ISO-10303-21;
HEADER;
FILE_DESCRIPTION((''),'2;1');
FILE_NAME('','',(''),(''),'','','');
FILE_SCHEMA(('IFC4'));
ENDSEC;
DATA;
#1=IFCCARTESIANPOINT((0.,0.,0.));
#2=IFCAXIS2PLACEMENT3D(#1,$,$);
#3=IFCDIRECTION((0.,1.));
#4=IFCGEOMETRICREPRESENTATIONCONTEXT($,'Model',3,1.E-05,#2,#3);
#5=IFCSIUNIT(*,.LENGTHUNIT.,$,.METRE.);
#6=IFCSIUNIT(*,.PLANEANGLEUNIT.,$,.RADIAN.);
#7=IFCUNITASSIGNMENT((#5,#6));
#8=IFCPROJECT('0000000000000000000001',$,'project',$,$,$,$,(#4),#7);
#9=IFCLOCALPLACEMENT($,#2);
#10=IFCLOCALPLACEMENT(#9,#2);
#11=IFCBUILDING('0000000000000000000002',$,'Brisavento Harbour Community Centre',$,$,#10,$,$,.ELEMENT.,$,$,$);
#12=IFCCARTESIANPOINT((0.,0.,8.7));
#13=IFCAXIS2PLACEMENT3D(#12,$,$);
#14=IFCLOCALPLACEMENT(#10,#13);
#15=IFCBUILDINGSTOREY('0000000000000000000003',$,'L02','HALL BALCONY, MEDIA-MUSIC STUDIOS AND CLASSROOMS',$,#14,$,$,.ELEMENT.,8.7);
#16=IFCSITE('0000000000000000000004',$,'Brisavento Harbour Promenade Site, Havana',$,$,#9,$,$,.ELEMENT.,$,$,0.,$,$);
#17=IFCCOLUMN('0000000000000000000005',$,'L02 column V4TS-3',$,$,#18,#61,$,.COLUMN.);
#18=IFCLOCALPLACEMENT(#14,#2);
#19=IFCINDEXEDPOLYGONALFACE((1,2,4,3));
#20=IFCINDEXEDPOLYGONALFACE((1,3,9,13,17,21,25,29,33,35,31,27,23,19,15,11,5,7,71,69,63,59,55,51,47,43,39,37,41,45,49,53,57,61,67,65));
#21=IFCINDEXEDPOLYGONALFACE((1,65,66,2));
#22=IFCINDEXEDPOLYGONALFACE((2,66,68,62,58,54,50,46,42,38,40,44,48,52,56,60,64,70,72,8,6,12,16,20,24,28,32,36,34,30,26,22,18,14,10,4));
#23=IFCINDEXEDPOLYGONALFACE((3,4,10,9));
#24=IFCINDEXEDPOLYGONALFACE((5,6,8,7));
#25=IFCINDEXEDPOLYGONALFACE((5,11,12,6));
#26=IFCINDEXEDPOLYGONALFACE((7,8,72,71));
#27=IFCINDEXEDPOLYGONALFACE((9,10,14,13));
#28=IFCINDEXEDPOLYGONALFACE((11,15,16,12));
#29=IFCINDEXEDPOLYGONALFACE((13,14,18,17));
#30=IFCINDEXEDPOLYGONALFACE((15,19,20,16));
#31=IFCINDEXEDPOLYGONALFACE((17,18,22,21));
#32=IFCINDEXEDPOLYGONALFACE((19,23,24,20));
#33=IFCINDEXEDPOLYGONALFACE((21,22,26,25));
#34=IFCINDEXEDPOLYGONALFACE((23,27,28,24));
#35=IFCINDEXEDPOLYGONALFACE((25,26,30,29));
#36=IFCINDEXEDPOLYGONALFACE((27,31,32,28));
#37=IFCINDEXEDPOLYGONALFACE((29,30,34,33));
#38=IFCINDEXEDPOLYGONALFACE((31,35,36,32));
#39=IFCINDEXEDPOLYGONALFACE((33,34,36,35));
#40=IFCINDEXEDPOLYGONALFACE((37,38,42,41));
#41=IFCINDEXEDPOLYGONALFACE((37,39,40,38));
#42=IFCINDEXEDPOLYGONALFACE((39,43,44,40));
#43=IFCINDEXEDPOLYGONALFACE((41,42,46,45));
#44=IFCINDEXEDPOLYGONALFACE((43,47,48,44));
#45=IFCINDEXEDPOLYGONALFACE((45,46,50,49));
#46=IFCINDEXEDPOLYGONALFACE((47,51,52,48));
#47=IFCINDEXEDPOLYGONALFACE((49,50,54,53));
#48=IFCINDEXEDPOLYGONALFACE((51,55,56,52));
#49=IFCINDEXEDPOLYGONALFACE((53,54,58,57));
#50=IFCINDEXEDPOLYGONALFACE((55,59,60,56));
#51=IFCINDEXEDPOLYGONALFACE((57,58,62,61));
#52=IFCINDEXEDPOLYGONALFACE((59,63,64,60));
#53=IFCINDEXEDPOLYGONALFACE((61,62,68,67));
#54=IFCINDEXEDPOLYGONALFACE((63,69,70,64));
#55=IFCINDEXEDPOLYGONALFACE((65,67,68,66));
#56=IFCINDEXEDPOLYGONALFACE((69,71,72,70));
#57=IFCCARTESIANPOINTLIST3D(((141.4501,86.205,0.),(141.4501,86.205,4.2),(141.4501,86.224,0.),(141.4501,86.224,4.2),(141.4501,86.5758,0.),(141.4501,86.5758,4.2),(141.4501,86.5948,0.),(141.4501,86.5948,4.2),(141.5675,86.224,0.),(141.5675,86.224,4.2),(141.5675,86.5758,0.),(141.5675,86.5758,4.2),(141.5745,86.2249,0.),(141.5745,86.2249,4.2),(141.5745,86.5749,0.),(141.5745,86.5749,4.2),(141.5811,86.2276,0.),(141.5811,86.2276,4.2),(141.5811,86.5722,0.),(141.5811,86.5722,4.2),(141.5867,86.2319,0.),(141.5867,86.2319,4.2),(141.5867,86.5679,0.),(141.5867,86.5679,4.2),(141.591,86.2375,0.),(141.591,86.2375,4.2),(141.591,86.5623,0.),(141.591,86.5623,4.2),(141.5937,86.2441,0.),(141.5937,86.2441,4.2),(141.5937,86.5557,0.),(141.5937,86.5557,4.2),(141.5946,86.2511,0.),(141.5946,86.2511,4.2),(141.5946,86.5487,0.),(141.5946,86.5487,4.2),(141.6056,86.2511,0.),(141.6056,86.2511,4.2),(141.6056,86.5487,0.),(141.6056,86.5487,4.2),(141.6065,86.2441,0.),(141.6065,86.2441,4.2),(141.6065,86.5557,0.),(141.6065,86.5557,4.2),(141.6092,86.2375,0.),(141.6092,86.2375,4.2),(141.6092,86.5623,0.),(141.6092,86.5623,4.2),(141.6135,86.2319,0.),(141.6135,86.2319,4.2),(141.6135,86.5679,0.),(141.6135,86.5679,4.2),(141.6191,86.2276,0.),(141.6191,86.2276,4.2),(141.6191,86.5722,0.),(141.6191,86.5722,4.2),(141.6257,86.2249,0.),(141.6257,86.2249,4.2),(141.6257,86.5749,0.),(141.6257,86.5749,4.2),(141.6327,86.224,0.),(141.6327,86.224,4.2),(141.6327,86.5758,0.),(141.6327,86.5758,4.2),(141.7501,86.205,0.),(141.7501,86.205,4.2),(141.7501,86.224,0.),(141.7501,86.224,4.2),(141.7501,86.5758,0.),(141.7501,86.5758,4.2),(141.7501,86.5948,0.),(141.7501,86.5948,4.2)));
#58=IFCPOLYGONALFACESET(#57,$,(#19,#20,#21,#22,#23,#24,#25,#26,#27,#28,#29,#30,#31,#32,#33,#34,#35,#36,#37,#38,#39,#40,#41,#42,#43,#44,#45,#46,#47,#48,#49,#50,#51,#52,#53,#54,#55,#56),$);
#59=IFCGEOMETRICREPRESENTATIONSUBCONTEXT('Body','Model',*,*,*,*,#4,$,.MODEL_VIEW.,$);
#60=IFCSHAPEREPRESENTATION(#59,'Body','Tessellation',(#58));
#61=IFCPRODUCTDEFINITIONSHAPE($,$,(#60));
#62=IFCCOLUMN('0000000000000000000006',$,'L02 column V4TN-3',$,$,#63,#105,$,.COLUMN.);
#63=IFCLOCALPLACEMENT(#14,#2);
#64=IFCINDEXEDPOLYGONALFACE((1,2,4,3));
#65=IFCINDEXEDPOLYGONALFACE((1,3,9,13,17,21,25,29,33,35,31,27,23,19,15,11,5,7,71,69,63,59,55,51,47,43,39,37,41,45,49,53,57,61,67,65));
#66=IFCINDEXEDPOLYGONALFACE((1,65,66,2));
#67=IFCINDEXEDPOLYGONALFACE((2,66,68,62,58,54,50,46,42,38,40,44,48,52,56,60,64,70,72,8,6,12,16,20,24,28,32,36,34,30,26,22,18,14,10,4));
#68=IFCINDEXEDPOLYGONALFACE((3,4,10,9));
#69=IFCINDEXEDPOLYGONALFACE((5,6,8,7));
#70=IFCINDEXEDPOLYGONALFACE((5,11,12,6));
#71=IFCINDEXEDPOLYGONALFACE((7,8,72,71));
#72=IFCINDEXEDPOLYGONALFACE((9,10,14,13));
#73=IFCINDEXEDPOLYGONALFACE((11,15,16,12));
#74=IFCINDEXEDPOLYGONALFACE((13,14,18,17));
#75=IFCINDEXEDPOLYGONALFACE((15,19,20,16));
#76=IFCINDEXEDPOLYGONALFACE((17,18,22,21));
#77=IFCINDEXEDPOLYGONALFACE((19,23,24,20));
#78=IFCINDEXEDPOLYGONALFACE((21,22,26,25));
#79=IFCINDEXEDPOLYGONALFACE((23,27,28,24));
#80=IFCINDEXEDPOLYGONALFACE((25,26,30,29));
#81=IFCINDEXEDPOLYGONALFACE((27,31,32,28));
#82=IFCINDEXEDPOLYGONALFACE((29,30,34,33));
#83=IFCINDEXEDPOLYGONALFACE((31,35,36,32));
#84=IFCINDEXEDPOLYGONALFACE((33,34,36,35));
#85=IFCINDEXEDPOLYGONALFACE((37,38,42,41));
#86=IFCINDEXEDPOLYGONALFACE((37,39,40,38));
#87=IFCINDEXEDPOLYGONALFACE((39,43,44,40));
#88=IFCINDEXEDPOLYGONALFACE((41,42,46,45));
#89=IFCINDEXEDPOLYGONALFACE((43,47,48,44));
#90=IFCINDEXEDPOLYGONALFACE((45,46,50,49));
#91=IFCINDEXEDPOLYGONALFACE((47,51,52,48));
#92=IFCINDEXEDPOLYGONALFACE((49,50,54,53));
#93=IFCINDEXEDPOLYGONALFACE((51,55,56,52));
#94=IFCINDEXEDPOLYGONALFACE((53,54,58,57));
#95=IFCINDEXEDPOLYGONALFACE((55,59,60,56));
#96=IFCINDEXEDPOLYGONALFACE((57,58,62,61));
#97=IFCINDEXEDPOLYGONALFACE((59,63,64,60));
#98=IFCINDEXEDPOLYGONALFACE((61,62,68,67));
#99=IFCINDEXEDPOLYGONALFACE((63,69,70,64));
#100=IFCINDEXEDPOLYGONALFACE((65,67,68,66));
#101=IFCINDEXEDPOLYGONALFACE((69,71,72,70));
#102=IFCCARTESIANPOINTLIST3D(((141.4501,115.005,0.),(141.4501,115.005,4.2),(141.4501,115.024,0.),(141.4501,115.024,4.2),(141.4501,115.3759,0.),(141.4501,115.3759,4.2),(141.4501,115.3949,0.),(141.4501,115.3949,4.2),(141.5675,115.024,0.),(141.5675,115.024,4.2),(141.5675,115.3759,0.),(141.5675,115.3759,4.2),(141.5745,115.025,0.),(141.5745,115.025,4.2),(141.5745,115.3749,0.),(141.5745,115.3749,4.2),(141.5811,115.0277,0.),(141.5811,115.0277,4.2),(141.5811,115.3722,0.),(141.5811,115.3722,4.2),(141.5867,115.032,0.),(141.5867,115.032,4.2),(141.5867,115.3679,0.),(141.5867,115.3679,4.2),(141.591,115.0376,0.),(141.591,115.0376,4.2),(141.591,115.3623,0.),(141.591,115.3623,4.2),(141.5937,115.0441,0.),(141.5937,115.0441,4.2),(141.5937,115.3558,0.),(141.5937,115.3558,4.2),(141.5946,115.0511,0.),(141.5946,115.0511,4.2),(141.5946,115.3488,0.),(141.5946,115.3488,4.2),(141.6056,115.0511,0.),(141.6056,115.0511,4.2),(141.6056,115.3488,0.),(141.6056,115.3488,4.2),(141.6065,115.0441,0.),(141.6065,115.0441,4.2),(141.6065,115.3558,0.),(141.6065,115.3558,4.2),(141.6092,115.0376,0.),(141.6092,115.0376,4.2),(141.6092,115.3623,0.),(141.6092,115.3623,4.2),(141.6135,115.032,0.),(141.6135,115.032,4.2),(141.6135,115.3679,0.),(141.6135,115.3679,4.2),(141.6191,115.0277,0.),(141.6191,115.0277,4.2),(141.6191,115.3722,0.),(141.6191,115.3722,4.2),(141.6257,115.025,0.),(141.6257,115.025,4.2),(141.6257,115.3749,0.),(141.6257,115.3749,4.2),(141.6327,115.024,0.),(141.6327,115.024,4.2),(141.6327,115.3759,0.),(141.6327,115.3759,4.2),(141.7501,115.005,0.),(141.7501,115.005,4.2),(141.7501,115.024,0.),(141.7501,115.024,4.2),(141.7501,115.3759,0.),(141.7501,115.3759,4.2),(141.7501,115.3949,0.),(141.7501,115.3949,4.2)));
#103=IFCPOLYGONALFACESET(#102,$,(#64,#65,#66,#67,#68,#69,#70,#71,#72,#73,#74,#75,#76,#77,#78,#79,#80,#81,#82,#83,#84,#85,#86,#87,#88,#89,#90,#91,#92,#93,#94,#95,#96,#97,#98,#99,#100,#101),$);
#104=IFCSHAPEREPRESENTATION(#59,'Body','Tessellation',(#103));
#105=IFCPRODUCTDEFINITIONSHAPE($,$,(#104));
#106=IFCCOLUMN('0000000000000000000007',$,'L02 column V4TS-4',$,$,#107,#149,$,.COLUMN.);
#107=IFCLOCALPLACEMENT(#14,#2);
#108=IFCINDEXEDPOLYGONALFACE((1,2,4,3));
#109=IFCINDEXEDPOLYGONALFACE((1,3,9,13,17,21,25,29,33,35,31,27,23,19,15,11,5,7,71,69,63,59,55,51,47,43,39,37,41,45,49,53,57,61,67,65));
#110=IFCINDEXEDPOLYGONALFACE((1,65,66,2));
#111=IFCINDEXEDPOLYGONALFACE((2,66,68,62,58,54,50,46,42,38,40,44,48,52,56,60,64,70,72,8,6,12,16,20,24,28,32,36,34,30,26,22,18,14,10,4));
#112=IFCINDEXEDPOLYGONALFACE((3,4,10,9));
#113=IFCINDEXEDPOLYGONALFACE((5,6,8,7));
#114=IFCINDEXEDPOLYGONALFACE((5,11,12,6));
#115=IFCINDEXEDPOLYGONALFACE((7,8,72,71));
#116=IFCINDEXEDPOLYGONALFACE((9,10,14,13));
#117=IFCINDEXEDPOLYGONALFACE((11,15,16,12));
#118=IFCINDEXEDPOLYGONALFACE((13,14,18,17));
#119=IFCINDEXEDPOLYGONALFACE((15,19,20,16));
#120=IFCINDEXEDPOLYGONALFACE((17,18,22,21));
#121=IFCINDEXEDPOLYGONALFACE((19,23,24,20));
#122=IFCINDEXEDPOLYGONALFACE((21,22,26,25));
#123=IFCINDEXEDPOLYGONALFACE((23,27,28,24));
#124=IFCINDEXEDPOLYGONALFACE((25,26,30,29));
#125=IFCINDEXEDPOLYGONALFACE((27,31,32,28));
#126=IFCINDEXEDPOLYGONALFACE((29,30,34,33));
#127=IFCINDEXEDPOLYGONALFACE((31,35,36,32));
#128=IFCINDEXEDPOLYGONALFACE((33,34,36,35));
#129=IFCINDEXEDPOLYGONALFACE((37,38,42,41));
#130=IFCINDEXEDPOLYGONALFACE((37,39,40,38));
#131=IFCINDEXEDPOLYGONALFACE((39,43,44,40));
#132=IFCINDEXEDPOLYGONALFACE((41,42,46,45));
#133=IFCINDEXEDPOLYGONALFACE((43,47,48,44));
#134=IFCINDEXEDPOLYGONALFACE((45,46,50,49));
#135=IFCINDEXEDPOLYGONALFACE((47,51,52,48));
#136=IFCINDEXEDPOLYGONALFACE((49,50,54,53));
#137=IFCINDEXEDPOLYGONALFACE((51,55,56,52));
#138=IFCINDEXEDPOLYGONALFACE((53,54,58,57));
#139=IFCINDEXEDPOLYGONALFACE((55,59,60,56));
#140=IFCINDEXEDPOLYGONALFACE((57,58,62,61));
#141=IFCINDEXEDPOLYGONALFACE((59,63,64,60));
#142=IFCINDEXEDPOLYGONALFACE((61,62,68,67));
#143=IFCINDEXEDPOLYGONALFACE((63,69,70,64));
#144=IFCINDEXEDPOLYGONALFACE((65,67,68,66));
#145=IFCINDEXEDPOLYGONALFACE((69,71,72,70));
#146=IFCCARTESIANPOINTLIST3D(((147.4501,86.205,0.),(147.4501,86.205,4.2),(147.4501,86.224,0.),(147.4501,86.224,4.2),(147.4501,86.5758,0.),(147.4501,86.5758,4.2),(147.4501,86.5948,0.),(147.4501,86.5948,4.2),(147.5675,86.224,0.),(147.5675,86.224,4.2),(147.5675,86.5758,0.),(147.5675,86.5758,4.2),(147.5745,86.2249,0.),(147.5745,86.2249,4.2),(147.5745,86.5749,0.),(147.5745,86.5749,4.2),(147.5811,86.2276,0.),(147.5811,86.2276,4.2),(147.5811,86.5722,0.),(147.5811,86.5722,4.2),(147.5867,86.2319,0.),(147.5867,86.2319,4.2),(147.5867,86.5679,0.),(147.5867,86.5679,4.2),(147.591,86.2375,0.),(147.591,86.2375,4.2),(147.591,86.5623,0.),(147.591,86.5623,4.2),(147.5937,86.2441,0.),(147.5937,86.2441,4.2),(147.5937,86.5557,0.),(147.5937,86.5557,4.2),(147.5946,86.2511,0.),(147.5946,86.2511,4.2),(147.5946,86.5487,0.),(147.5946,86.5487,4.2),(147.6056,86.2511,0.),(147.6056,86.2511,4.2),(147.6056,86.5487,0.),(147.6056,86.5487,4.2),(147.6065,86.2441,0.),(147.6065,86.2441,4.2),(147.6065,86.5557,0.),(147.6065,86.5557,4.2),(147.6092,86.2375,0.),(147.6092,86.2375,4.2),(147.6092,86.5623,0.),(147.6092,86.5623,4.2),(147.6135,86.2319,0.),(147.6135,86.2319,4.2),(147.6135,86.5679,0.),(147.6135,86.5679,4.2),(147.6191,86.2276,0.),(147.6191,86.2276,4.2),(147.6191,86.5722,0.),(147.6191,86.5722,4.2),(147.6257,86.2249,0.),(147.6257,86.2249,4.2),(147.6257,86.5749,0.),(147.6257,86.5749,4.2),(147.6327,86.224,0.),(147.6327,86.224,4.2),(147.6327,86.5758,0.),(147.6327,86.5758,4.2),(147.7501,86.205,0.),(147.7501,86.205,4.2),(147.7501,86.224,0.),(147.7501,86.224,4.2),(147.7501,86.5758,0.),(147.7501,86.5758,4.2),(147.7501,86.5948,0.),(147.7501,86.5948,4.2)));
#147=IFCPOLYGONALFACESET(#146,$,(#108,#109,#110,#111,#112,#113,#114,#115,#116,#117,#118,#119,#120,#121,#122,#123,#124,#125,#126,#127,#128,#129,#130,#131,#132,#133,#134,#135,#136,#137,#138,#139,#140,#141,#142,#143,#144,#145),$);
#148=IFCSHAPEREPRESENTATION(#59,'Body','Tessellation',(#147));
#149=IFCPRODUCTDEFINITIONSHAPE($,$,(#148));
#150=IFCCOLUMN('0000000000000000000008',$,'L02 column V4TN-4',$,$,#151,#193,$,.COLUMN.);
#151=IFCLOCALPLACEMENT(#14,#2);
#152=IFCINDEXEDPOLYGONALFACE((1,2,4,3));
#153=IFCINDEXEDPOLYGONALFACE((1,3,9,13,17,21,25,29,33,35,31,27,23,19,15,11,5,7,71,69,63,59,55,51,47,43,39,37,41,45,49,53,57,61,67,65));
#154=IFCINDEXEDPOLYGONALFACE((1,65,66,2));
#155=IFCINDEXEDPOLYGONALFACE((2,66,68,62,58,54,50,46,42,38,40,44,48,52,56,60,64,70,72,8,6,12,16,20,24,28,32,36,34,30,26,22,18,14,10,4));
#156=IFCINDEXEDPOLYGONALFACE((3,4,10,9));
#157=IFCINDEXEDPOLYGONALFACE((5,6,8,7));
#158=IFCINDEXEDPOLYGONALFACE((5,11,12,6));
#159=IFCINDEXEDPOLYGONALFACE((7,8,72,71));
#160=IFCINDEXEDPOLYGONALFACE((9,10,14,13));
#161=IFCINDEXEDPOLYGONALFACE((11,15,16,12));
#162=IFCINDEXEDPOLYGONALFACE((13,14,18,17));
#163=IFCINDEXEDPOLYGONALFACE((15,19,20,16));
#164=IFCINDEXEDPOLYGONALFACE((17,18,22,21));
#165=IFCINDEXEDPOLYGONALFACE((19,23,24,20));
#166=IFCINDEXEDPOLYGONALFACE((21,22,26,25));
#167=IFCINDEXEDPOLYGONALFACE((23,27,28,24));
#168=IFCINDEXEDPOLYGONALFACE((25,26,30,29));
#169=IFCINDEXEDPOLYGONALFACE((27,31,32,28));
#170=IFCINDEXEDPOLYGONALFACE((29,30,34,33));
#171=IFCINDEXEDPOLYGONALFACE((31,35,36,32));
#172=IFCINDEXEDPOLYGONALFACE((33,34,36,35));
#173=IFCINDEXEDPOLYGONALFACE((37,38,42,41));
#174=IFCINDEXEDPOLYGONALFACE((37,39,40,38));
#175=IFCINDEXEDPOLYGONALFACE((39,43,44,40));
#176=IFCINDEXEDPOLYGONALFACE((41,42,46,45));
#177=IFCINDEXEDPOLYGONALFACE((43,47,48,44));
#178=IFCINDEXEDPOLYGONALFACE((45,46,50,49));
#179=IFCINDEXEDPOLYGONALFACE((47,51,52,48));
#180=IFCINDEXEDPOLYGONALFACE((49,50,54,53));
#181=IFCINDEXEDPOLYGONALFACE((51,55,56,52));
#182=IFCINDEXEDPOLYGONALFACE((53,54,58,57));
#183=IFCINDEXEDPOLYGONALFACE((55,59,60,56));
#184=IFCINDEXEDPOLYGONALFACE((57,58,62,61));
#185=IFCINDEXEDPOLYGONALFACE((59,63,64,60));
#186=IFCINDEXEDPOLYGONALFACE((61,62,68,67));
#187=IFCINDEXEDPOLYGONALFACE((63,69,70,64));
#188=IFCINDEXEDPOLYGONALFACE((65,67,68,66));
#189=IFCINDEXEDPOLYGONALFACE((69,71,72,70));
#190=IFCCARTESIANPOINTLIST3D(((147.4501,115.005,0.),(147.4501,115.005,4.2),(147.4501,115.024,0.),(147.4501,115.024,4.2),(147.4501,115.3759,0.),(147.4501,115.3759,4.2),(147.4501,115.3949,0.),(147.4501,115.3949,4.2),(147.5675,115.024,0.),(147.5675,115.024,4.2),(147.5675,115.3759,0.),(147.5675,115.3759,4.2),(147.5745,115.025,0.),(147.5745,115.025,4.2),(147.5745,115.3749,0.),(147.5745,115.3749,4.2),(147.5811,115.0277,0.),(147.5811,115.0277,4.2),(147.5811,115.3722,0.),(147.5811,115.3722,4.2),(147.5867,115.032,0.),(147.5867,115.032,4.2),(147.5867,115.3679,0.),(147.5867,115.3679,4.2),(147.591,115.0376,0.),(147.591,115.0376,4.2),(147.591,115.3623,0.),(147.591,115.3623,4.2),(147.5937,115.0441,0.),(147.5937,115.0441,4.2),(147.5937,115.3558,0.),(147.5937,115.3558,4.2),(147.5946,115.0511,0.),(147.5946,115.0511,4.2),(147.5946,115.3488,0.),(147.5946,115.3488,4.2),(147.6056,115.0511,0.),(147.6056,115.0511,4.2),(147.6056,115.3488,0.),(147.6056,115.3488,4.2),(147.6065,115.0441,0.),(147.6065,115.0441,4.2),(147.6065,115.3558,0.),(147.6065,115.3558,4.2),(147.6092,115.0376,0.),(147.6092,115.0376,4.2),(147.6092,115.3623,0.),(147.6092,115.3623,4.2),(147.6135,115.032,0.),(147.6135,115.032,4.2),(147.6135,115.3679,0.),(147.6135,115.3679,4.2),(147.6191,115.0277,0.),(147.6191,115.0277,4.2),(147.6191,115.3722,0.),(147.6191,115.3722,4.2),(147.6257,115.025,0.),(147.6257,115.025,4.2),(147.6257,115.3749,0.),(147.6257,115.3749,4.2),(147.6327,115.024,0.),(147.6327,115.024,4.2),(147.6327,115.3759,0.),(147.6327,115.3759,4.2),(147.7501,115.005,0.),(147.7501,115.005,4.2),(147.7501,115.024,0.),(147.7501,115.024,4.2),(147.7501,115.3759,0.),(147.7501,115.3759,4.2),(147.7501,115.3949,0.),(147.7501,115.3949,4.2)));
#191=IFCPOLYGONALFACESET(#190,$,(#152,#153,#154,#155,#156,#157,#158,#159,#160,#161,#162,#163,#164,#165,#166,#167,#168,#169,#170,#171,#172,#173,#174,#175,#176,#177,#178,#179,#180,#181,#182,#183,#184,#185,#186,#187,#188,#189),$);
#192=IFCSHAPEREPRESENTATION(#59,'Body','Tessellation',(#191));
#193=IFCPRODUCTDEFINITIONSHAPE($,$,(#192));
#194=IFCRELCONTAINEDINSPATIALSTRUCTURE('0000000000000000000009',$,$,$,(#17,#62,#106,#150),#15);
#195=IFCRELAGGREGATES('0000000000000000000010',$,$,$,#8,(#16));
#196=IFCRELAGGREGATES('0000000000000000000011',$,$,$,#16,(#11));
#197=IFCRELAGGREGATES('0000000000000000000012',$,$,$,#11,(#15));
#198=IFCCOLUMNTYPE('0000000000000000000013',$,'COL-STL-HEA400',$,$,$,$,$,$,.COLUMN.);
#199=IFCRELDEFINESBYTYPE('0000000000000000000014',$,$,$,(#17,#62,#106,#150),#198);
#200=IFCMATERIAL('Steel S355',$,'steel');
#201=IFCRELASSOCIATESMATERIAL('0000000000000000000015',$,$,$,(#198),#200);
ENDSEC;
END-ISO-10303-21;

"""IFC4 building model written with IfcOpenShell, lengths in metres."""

from ifc_helpers import new_model, si_unit, direction, frame, origin, origin_2d, place, context, subcontext, project, spatial, i_section, extrude, material, material_profile, profile_set, type_object, element, save


model = new_model("IFC4")

# Units and contexts
model_context = context("Model", 3, precision=1e-05, world=origin(), true_north=direction((0.0, 1.0)))
body_context = subcontext(model_context, "Body", "Model", "MODEL_VIEW")
ifc_project = project(units=[si_unit("LENGTHUNIT", "METRE"), si_unit("PLANEANGLEUNIT", "RADIAN")], contexts=[model_context])

# Site, building, storey
site_placement = place(None, origin())
site = spatial("IfcSite", under=ifc_project, at=site_placement, Name="Brisavento Harbour Promenade Site, Havana", CompositionType="ELEMENT", RefElevation=0.0)
building_placement = place(site_placement, origin())
building = spatial("IfcBuilding", under=site, at=building_placement, Name="Brisavento Harbour Community Centre", CompositionType="ELEMENT")
storey_placement = place(building_placement, frame((0.0, 0.0, 8.7)))
storey = spatial("IfcBuildingStorey", under=building, at=storey_placement, Name="L02", Description="HALL BALCONY, MEDIA-MUSIC STUDIOS AND CLASSROOMS", CompositionType="ELEMENT", Elevation=8.7)

# Columns
ifc_material_1 = material(Name="Steel S355", Category="steel")
ifc_material_profile_1 = material_profile(ifc_material_1, i_section(OverallWidth=0.3, OverallDepth=0.3899, WebThickness=0.011, FlangeThickness=0.019, FilletRadius=0.0271, at=origin_2d()), Name="Steel S355")
ifc_profile_set_1 = profile_set([ifc_material_profile_1], Name="Steel S355")
column_type = type_object("IfcColumnType", Name="COL-STL-HEA400", PredefinedType="COLUMN", material=ifc_profile_set_1)
for number, where, z_axis, x_axis, name in (
    (1, (141.6001, 86.3999, 0.0), (0.0, 0.0, 1.0), (1.0, 0.0, 0.0), "L02 column V4TS-3"),
    (2, (141.6001, 115.2, 0.0), (0.0, 0.0, 1.0), (1.0, 0.0, 0.0), "L02 column V4TN-3"),
    (3, (147.6001, 86.3999, 0.0), (0.0, 0.0, 1.0), (1.0, 0.0, 0.0), "L02 column V4TS-4"),
    (4, (147.6001, 115.2, 0.0), (0.0, 0.0, 1.0), (1.0, 0.0, 0.0), "L02 column V4TN-4"),
):
    element("IfcColumn", number, at=place(storey_placement, frame(where, z_axis=z_axis, x_axis=x_axis)), inside=storey, type_object=column_type, Name=name, PredefinedType="COLUMN", context=body_context, shape_type="SweptSolid", body=[
        extrude(i_section(OverallWidth=0.3, OverallDepth=0.3899, WebThickness=0.011, FlangeThickness=0.019, FilletRadius=0.0271, at=origin_2d()), origin(), (0.0, 0.0, 1.0), 4.2),
    ])

save(model, "model.ifc")
